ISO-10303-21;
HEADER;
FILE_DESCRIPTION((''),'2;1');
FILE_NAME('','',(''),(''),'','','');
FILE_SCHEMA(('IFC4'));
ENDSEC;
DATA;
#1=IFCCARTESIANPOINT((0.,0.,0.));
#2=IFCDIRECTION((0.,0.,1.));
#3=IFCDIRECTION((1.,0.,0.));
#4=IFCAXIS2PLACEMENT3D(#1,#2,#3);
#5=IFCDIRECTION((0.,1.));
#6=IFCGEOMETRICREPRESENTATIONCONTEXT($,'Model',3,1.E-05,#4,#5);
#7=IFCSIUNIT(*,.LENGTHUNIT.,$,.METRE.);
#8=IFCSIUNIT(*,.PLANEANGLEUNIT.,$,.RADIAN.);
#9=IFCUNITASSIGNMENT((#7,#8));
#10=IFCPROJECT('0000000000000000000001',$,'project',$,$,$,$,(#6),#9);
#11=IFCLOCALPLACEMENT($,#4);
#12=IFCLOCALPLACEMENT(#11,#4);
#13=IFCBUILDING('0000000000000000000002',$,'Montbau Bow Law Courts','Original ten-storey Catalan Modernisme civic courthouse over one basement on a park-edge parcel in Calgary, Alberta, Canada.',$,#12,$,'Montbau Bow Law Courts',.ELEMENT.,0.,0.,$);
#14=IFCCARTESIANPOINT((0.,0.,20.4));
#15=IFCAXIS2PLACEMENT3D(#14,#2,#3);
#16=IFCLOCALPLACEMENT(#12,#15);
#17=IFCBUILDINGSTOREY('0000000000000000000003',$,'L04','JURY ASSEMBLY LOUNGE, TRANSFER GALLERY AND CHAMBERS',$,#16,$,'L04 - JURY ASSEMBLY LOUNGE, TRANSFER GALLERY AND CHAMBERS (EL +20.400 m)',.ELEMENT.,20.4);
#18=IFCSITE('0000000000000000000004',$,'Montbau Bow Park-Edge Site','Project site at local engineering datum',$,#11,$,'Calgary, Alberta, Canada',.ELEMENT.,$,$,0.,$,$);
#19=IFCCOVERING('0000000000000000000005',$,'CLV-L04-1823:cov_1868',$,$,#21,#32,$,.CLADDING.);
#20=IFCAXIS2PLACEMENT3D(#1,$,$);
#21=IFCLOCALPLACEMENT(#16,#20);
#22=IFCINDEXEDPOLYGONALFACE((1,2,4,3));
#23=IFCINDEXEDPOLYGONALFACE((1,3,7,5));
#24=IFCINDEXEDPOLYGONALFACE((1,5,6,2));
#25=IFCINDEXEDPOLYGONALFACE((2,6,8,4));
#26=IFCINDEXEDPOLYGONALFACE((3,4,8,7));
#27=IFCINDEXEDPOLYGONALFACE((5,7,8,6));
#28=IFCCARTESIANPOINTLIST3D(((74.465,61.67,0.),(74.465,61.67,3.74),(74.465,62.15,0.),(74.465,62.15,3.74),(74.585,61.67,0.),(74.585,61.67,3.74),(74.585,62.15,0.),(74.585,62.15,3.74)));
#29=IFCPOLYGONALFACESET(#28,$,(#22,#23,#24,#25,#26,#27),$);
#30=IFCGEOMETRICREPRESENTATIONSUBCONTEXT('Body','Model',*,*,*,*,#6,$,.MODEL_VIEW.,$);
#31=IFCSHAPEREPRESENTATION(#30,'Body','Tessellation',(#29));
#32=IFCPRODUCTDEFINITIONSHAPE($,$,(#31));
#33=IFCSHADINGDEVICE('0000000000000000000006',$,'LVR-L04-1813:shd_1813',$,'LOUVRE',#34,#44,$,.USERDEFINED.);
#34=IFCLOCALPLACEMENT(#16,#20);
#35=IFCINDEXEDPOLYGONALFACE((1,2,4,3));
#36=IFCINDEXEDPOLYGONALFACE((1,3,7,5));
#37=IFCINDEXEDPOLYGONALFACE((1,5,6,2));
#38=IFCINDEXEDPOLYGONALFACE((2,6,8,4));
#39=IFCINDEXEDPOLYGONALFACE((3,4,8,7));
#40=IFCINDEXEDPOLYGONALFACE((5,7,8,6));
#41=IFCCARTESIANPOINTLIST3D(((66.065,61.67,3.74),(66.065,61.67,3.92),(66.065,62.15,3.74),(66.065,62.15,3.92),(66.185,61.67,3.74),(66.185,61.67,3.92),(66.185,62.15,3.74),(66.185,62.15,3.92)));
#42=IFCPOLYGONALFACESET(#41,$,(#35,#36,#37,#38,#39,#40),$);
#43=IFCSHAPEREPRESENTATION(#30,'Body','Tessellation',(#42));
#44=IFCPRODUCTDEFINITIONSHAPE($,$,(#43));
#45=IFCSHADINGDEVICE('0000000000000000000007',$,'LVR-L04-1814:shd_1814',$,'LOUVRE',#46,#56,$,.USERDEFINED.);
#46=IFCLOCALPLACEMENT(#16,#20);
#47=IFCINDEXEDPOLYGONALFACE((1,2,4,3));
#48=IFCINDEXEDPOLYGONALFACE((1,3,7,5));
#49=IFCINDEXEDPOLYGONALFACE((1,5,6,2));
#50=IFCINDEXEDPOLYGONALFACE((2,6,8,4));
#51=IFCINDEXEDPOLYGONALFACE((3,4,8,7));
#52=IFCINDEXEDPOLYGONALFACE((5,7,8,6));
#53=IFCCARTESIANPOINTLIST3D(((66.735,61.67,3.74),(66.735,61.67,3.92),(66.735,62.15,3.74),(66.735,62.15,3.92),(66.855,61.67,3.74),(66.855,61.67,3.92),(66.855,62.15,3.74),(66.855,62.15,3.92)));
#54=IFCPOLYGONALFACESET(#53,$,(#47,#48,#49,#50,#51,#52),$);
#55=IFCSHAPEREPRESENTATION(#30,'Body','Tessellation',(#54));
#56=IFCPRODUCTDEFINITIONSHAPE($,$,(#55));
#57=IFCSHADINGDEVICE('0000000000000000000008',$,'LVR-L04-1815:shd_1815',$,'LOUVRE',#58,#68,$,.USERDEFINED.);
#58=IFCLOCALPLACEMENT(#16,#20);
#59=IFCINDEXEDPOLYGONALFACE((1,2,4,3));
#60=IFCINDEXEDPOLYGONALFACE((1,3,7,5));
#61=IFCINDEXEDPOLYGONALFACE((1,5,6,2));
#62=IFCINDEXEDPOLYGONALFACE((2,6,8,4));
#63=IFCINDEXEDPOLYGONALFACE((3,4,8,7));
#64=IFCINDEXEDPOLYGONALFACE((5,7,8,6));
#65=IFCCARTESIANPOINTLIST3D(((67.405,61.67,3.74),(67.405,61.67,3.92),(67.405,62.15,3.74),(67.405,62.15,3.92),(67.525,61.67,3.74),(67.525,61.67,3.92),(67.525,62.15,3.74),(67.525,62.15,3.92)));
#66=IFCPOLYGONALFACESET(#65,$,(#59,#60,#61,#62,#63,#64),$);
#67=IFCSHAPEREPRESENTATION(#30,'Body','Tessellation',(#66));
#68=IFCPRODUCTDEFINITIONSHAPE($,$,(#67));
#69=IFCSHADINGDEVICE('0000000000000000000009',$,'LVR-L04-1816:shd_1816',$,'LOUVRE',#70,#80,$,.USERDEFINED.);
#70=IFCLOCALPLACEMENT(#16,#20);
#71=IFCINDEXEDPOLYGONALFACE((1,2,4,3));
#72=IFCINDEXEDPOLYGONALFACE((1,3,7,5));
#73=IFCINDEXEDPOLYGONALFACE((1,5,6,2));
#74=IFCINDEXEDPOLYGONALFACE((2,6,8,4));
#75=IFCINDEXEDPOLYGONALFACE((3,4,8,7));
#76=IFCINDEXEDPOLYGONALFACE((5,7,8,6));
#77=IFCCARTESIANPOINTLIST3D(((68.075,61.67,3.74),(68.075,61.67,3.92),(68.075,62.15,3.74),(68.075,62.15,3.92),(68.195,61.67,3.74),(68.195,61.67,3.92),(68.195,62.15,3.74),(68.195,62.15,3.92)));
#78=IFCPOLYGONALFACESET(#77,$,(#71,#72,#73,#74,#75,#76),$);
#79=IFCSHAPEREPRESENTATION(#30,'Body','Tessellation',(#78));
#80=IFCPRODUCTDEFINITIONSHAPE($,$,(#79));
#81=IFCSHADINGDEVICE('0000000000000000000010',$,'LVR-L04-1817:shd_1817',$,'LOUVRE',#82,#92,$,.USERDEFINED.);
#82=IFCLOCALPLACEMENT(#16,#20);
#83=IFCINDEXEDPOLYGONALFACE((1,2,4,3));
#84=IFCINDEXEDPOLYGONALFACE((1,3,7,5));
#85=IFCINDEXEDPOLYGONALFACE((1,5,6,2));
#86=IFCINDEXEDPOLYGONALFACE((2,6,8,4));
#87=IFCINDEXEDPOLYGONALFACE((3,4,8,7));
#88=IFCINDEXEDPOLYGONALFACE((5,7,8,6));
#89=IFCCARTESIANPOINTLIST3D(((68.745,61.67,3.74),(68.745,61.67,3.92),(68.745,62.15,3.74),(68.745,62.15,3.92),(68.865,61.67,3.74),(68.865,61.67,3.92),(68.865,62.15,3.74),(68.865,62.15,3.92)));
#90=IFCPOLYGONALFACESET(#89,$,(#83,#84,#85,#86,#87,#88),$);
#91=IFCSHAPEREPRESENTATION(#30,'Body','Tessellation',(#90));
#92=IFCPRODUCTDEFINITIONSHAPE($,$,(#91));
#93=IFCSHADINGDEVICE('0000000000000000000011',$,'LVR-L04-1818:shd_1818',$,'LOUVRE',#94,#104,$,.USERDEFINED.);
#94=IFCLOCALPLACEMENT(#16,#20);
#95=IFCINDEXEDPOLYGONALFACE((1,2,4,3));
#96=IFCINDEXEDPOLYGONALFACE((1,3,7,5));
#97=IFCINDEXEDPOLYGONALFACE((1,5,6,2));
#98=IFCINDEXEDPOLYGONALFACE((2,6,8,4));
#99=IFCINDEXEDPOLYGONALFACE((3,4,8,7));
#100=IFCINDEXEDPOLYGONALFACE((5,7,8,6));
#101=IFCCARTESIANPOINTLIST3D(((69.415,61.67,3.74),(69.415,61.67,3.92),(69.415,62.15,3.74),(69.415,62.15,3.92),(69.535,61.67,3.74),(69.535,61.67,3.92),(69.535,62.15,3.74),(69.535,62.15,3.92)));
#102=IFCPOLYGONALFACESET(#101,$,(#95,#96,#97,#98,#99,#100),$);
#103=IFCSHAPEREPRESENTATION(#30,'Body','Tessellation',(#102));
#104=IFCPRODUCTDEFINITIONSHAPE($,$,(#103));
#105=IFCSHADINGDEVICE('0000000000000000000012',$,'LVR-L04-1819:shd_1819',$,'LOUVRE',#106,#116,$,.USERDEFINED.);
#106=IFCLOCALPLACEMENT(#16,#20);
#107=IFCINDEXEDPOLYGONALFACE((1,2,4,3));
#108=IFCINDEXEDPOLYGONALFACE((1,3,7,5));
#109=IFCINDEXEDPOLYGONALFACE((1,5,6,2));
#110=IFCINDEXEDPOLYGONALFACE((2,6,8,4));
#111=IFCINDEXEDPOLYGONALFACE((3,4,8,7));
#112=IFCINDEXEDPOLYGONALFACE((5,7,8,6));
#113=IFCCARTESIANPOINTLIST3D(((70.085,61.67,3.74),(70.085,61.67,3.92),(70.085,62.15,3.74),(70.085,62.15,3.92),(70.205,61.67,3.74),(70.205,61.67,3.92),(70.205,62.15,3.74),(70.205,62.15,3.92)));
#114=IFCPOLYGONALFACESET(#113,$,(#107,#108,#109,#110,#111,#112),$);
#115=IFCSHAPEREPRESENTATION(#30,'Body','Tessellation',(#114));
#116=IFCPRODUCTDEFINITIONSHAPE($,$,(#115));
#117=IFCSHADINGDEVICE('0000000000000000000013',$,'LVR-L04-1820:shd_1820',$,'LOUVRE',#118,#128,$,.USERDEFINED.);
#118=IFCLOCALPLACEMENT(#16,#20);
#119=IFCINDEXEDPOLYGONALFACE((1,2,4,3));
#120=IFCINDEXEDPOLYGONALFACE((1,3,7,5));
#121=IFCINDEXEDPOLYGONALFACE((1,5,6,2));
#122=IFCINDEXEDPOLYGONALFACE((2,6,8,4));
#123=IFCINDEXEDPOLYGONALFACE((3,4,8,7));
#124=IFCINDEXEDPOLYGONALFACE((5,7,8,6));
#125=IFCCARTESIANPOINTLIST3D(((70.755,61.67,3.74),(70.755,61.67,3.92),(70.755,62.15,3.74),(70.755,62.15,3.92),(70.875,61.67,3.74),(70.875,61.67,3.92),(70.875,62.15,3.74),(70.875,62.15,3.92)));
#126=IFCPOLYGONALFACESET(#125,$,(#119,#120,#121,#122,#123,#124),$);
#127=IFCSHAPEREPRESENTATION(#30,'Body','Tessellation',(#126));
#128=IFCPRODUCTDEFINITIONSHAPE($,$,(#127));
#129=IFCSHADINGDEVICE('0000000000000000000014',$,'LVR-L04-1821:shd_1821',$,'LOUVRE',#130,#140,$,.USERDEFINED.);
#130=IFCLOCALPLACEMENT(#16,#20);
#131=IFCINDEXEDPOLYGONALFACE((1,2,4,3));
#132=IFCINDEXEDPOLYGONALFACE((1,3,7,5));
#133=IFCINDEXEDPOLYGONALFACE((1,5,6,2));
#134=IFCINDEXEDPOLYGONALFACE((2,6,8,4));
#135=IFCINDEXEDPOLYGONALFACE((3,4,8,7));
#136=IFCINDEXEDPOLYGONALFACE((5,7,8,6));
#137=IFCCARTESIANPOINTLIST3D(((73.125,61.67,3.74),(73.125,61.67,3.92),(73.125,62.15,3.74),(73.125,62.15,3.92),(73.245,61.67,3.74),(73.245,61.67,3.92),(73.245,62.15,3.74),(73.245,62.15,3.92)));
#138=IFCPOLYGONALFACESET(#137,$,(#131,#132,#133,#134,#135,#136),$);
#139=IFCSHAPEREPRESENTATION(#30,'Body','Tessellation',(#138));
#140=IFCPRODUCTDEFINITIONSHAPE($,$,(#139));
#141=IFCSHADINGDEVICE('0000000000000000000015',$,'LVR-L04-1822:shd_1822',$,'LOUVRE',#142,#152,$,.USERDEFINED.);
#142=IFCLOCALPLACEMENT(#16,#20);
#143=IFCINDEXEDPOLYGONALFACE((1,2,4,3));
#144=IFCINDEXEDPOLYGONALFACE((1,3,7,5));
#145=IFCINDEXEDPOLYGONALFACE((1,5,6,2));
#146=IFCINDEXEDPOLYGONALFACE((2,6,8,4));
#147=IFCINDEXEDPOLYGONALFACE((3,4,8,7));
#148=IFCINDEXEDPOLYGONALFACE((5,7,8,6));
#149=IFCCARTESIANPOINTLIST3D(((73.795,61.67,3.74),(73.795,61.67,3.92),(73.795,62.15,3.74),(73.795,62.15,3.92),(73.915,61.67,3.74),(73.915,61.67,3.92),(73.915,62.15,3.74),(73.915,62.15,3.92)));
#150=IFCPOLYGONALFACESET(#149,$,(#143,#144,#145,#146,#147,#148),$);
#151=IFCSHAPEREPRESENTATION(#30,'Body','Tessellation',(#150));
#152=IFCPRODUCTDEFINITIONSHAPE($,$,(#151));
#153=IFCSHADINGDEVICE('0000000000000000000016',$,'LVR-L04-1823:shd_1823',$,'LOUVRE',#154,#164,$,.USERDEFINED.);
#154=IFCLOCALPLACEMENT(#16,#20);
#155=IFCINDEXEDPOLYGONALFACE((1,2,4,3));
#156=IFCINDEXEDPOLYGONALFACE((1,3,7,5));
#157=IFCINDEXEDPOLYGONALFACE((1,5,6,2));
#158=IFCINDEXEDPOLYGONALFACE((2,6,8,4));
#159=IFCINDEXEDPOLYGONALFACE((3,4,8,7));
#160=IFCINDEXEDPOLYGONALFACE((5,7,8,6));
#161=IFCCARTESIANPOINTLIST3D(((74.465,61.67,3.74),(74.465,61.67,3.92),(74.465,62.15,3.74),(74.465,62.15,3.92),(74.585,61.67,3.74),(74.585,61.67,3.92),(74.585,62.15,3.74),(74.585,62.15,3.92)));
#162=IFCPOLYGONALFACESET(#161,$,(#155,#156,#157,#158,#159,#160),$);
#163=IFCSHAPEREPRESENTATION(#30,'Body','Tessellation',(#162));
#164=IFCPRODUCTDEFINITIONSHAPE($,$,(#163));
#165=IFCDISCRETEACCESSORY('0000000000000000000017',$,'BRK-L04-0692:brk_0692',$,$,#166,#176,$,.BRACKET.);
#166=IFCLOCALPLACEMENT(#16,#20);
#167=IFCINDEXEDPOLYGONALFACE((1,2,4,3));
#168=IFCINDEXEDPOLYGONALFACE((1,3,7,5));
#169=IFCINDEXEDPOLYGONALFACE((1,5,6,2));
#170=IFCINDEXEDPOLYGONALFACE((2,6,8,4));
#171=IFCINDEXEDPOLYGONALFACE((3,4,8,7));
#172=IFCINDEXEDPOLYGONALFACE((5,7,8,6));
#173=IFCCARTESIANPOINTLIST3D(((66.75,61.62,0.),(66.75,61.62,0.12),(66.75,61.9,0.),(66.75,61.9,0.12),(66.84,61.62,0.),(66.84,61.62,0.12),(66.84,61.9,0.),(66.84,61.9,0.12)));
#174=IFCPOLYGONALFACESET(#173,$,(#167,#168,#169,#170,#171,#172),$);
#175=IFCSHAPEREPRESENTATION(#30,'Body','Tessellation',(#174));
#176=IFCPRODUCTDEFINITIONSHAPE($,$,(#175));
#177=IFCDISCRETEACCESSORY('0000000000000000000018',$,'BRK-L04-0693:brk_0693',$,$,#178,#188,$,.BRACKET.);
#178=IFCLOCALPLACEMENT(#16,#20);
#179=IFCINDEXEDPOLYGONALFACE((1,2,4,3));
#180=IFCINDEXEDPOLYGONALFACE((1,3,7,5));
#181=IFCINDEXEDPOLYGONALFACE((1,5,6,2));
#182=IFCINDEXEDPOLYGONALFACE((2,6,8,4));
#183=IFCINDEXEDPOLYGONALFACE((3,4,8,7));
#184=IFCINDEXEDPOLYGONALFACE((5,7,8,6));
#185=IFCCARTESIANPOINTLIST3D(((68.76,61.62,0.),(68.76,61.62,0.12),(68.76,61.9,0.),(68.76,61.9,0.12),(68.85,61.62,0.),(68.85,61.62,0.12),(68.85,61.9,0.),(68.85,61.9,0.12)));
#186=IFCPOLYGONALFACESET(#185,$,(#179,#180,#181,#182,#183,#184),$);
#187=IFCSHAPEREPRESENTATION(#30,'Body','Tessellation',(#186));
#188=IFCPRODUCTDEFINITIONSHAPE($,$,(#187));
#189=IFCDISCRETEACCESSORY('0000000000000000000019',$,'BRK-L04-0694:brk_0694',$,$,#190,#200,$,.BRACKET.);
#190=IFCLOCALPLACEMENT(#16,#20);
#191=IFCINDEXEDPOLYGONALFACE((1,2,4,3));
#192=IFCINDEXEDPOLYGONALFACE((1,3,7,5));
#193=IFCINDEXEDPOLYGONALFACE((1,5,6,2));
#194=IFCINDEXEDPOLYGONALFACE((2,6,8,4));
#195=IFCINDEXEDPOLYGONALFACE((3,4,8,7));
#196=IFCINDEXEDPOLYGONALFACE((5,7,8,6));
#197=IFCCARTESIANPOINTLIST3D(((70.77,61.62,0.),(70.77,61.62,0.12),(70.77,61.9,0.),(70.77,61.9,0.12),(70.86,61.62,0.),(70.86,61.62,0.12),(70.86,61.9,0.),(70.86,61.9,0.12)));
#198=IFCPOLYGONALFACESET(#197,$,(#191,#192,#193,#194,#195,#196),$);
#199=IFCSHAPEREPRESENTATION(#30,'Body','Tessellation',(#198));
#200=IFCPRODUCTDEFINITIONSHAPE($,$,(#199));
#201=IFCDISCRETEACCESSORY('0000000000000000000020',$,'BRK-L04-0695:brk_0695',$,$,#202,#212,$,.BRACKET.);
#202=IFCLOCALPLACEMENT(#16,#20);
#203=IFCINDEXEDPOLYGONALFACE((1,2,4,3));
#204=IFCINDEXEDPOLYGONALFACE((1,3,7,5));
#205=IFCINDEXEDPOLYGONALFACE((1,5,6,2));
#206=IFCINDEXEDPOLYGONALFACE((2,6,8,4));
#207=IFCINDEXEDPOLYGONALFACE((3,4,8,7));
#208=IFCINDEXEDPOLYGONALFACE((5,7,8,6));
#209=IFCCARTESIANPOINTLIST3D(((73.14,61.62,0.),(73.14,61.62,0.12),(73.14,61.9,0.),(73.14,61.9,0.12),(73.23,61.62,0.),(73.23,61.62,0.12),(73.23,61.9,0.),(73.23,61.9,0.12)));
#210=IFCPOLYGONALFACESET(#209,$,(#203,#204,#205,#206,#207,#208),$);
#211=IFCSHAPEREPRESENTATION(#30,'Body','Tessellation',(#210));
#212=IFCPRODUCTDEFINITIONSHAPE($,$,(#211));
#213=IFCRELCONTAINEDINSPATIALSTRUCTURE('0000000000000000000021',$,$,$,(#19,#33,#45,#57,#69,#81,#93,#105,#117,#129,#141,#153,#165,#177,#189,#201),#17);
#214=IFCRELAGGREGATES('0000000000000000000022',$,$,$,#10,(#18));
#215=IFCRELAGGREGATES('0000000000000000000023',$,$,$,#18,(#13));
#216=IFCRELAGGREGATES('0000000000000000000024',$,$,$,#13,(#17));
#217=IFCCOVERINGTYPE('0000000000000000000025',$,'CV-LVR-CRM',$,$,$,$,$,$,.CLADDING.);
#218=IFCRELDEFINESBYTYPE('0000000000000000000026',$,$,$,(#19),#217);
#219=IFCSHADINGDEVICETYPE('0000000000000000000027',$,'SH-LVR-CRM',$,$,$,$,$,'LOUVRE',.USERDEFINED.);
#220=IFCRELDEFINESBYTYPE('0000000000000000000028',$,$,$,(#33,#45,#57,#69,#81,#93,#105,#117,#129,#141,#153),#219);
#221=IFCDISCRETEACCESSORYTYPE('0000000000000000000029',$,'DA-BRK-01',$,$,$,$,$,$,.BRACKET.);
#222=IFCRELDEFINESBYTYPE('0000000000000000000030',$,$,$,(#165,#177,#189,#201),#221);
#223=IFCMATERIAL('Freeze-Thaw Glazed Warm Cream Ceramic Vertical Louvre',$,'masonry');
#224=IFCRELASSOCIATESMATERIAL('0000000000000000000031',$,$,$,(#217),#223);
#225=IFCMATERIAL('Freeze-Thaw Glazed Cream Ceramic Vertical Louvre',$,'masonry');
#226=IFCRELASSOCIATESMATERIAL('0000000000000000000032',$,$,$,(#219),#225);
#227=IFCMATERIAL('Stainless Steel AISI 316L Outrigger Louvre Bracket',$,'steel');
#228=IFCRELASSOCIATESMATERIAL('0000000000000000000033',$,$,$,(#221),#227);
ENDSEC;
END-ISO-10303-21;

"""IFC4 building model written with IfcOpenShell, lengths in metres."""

from ifc_helpers import new_model, si_unit, direction, frame, frame_2d, origin_with_axes, origin_2d_with_axis, place, context, subcontext, project, spatial, rectangle, extrude, material, type_object, element, save


model = new_model("IFC4")

# Units and contexts
model_context = context("Model", 3, precision=1e-05, world=origin_with_axes(), true_north=direction((0.0, 1.0)))
body_context = subcontext(model_context, "Body", "Model", "MODEL_VIEW")
ifc_project = project(units=[si_unit("LENGTHUNIT", "METRE"), si_unit("PLANEANGLEUNIT", "RADIAN")], contexts=[model_context])

# Site, building, storey
site_placement = place(None, origin_with_axes())
site = spatial("IfcSite", under=ifc_project, at=site_placement, Name="Montbau Bow Park-Edge Site", Description="Project site at local engineering datum", LongName="Calgary, Alberta, Canada", CompositionType="ELEMENT", RefElevation=0.0)
building_placement = place(site_placement, origin_with_axes())
building = spatial("IfcBuilding", under=site, at=building_placement, Name="Montbau Bow Law Courts", Description="Original ten-storey Catalan Modernisme civic courthouse over one basement on a park-edge parcel in Calgary, Alberta, Canada.", LongName="Montbau Bow Law Courts", CompositionType="ELEMENT", ElevationOfRefHeight=0.0, ElevationOfTerrain=0.0)
storey_placement = place(building_placement, frame((0.0, 0.0, 20.4), z_axis=(0.0, 0.0, 1.0), x_axis=(1.0, 0.0, 0.0)))
storey = spatial("IfcBuildingStorey", under=building, at=storey_placement, Name="L04", Description="JURY ASSEMBLY LOUNGE, TRANSFER GALLERY AND CHAMBERS", LongName="L04 - JURY ASSEMBLY LOUNGE, TRANSFER GALLERY AND CHAMBERS (EL +20.400 m)", CompositionType="ELEMENT", Elevation=20.4)

# Covering
ifc_material_1 = material(Name="Freeze-Thaw Glazed Warm Cream Ceramic Vertical Louvre", Category="masonry")
covering_type = type_object("IfcCoveringType", Name="CV-LVR-CRM", PredefinedType="CLADDING", material=ifc_material_1)
for number, where, z_axis, x_axis, name in (
    (1, (74.525, 61.67, 20.4), (1.0, 0.0, 0.0), (0.0, 1.0, 0.0), "CLV-L04-1823:cov_1868"),
):
    element("IfcCovering", number, at=place(None, frame(where, z_axis=z_axis, x_axis=x_axis)), inside=storey, type_object=covering_type, Name=name, PredefinedType="CLADDING", context=body_context, shape_type="SweptSolid", body=[
        extrude(rectangle(XDim=0.48, YDim=3.74, at=frame_2d((0.24, 1.87), x_axis=(1.0, 0.0))), frame((0.0, 0.0, -0.06), z_axis=(0.0, 0.0, 1.0), x_axis=(1.0, 0.0, 0.0)), (0.0, 0.0, 1.0), 0.12),
    ])

# Shading devices
ifc_material_2 = material(Name="Freeze-Thaw Glazed Cream Ceramic Vertical Louvre", Category="masonry")
shading_device_type = type_object("IfcShadingDeviceType", Name="SH-LVR-CRM", ElementType="LOUVRE", PredefinedType="USERDEFINED", material=ifc_material_2)
for number, where, z_axis, x_axis, name in (
    (2, (66.125, 61.91, 24.14), (0.0, 0.0, 1.0), (0.0, 1.0, 0.0), "LVR-L04-1813:shd_1813"),
    (3, (66.795, 61.91, 24.14), (0.0, 0.0, 1.0), (0.0, 1.0, 0.0), "LVR-L04-1814:shd_1814"),
    (4, (67.465, 61.91, 24.14), (0.0, 0.0, 1.0), (0.0, 1.0, 0.0), "LVR-L04-1815:shd_1815"),
    (5, (68.135, 61.91, 24.14), (0.0, 0.0, 1.0), (0.0, 1.0, 0.0), "LVR-L04-1816:shd_1816"),
    (6, (68.805, 61.91, 24.14), (0.0, 0.0, 1.0), (0.0, 1.0, 0.0), "LVR-L04-1817:shd_1817"),
    (7, (69.475, 61.91, 24.14), (0.0, 0.0, 1.0), (0.0, 1.0, 0.0), "LVR-L04-1818:shd_1818"),
    (8, (70.145, 61.91, 24.14), (0.0, 0.0, 1.0), (0.0, 1.0, 0.0), "LVR-L04-1819:shd_1819"),
    (9, (70.815, 61.91, 24.14), (0.0, 0.0, 1.0), (0.0, 1.0, 0.0), "LVR-L04-1820:shd_1820"),
    (10, (73.185, 61.91, 24.14), (0.0, 0.0, 1.0), (0.0, 1.0, 0.0), "LVR-L04-1821:shd_1821"),
    (11, (73.855, 61.91, 24.14), (0.0, 0.0, 1.0), (0.0, 1.0, 0.0), "LVR-L04-1822:shd_1822"),
    (12, (74.525, 61.91, 24.14), (0.0, 0.0, 1.0), (0.0, 1.0, 0.0), "LVR-L04-1823:shd_1823"),
):
    element("IfcShadingDevice", number, at=place(None, frame(where, z_axis=z_axis, x_axis=x_axis)), inside=storey, type_object=shading_device_type, Name=name, ObjectType="LOUVRE", PredefinedType="USERDEFINED", context=body_context, shape_type="SweptSolid", body=[
        extrude(rectangle(XDim=0.48, YDim=0.12, at=origin_2d_with_axis()), origin_with_axes(), (0.0, 0.0, 1.0), 0.18),
    ])

# Discrete accessories
ifc_material_3 = material(Name="Stainless Steel AISI 316L Outrigger Louvre Bracket", Category="steel")
discrete_accessory_type = type_object("IfcDiscreteAccessoryType", Name="DA-BRK-01", PredefinedType="BRACKET", material=ifc_material_3)
for number, where, z_axis, x_axis, name in (
    (13, (66.795, 61.76, 20.4), (0.0, 0.0, 1.0), (0.0, 1.0, 0.0), "BRK-L04-0692:brk_0692"),
    (14, (68.805, 61.76, 20.4), (0.0, 0.0, 1.0), (0.0, 1.0, 0.0), "BRK-L04-0693:brk_0693"),
    (15, (70.815, 61.76, 20.4), (0.0, 0.0, 1.0), (0.0, 1.0, 0.0), "BRK-L04-0694:brk_0694"),
    (16, (73.185, 61.76, 20.4), (0.0, 0.0, 1.0), (0.0, 1.0, 0.0), "BRK-L04-0695:brk_0695"),
):
    element("IfcDiscreteAccessory", number, at=place(None, frame(where, z_axis=z_axis, x_axis=x_axis)), inside=storey, type_object=discrete_accessory_type, Name=name, PredefinedType="BRACKET", context=body_context, shape_type="SweptSolid", body=[
        extrude(rectangle(XDim=0.28, YDim=0.09, at=origin_2d_with_axis()), origin_with_axes(), (0.0, 0.0, 1.0), 0.12),
    ])

save(model, "model.ifc")
